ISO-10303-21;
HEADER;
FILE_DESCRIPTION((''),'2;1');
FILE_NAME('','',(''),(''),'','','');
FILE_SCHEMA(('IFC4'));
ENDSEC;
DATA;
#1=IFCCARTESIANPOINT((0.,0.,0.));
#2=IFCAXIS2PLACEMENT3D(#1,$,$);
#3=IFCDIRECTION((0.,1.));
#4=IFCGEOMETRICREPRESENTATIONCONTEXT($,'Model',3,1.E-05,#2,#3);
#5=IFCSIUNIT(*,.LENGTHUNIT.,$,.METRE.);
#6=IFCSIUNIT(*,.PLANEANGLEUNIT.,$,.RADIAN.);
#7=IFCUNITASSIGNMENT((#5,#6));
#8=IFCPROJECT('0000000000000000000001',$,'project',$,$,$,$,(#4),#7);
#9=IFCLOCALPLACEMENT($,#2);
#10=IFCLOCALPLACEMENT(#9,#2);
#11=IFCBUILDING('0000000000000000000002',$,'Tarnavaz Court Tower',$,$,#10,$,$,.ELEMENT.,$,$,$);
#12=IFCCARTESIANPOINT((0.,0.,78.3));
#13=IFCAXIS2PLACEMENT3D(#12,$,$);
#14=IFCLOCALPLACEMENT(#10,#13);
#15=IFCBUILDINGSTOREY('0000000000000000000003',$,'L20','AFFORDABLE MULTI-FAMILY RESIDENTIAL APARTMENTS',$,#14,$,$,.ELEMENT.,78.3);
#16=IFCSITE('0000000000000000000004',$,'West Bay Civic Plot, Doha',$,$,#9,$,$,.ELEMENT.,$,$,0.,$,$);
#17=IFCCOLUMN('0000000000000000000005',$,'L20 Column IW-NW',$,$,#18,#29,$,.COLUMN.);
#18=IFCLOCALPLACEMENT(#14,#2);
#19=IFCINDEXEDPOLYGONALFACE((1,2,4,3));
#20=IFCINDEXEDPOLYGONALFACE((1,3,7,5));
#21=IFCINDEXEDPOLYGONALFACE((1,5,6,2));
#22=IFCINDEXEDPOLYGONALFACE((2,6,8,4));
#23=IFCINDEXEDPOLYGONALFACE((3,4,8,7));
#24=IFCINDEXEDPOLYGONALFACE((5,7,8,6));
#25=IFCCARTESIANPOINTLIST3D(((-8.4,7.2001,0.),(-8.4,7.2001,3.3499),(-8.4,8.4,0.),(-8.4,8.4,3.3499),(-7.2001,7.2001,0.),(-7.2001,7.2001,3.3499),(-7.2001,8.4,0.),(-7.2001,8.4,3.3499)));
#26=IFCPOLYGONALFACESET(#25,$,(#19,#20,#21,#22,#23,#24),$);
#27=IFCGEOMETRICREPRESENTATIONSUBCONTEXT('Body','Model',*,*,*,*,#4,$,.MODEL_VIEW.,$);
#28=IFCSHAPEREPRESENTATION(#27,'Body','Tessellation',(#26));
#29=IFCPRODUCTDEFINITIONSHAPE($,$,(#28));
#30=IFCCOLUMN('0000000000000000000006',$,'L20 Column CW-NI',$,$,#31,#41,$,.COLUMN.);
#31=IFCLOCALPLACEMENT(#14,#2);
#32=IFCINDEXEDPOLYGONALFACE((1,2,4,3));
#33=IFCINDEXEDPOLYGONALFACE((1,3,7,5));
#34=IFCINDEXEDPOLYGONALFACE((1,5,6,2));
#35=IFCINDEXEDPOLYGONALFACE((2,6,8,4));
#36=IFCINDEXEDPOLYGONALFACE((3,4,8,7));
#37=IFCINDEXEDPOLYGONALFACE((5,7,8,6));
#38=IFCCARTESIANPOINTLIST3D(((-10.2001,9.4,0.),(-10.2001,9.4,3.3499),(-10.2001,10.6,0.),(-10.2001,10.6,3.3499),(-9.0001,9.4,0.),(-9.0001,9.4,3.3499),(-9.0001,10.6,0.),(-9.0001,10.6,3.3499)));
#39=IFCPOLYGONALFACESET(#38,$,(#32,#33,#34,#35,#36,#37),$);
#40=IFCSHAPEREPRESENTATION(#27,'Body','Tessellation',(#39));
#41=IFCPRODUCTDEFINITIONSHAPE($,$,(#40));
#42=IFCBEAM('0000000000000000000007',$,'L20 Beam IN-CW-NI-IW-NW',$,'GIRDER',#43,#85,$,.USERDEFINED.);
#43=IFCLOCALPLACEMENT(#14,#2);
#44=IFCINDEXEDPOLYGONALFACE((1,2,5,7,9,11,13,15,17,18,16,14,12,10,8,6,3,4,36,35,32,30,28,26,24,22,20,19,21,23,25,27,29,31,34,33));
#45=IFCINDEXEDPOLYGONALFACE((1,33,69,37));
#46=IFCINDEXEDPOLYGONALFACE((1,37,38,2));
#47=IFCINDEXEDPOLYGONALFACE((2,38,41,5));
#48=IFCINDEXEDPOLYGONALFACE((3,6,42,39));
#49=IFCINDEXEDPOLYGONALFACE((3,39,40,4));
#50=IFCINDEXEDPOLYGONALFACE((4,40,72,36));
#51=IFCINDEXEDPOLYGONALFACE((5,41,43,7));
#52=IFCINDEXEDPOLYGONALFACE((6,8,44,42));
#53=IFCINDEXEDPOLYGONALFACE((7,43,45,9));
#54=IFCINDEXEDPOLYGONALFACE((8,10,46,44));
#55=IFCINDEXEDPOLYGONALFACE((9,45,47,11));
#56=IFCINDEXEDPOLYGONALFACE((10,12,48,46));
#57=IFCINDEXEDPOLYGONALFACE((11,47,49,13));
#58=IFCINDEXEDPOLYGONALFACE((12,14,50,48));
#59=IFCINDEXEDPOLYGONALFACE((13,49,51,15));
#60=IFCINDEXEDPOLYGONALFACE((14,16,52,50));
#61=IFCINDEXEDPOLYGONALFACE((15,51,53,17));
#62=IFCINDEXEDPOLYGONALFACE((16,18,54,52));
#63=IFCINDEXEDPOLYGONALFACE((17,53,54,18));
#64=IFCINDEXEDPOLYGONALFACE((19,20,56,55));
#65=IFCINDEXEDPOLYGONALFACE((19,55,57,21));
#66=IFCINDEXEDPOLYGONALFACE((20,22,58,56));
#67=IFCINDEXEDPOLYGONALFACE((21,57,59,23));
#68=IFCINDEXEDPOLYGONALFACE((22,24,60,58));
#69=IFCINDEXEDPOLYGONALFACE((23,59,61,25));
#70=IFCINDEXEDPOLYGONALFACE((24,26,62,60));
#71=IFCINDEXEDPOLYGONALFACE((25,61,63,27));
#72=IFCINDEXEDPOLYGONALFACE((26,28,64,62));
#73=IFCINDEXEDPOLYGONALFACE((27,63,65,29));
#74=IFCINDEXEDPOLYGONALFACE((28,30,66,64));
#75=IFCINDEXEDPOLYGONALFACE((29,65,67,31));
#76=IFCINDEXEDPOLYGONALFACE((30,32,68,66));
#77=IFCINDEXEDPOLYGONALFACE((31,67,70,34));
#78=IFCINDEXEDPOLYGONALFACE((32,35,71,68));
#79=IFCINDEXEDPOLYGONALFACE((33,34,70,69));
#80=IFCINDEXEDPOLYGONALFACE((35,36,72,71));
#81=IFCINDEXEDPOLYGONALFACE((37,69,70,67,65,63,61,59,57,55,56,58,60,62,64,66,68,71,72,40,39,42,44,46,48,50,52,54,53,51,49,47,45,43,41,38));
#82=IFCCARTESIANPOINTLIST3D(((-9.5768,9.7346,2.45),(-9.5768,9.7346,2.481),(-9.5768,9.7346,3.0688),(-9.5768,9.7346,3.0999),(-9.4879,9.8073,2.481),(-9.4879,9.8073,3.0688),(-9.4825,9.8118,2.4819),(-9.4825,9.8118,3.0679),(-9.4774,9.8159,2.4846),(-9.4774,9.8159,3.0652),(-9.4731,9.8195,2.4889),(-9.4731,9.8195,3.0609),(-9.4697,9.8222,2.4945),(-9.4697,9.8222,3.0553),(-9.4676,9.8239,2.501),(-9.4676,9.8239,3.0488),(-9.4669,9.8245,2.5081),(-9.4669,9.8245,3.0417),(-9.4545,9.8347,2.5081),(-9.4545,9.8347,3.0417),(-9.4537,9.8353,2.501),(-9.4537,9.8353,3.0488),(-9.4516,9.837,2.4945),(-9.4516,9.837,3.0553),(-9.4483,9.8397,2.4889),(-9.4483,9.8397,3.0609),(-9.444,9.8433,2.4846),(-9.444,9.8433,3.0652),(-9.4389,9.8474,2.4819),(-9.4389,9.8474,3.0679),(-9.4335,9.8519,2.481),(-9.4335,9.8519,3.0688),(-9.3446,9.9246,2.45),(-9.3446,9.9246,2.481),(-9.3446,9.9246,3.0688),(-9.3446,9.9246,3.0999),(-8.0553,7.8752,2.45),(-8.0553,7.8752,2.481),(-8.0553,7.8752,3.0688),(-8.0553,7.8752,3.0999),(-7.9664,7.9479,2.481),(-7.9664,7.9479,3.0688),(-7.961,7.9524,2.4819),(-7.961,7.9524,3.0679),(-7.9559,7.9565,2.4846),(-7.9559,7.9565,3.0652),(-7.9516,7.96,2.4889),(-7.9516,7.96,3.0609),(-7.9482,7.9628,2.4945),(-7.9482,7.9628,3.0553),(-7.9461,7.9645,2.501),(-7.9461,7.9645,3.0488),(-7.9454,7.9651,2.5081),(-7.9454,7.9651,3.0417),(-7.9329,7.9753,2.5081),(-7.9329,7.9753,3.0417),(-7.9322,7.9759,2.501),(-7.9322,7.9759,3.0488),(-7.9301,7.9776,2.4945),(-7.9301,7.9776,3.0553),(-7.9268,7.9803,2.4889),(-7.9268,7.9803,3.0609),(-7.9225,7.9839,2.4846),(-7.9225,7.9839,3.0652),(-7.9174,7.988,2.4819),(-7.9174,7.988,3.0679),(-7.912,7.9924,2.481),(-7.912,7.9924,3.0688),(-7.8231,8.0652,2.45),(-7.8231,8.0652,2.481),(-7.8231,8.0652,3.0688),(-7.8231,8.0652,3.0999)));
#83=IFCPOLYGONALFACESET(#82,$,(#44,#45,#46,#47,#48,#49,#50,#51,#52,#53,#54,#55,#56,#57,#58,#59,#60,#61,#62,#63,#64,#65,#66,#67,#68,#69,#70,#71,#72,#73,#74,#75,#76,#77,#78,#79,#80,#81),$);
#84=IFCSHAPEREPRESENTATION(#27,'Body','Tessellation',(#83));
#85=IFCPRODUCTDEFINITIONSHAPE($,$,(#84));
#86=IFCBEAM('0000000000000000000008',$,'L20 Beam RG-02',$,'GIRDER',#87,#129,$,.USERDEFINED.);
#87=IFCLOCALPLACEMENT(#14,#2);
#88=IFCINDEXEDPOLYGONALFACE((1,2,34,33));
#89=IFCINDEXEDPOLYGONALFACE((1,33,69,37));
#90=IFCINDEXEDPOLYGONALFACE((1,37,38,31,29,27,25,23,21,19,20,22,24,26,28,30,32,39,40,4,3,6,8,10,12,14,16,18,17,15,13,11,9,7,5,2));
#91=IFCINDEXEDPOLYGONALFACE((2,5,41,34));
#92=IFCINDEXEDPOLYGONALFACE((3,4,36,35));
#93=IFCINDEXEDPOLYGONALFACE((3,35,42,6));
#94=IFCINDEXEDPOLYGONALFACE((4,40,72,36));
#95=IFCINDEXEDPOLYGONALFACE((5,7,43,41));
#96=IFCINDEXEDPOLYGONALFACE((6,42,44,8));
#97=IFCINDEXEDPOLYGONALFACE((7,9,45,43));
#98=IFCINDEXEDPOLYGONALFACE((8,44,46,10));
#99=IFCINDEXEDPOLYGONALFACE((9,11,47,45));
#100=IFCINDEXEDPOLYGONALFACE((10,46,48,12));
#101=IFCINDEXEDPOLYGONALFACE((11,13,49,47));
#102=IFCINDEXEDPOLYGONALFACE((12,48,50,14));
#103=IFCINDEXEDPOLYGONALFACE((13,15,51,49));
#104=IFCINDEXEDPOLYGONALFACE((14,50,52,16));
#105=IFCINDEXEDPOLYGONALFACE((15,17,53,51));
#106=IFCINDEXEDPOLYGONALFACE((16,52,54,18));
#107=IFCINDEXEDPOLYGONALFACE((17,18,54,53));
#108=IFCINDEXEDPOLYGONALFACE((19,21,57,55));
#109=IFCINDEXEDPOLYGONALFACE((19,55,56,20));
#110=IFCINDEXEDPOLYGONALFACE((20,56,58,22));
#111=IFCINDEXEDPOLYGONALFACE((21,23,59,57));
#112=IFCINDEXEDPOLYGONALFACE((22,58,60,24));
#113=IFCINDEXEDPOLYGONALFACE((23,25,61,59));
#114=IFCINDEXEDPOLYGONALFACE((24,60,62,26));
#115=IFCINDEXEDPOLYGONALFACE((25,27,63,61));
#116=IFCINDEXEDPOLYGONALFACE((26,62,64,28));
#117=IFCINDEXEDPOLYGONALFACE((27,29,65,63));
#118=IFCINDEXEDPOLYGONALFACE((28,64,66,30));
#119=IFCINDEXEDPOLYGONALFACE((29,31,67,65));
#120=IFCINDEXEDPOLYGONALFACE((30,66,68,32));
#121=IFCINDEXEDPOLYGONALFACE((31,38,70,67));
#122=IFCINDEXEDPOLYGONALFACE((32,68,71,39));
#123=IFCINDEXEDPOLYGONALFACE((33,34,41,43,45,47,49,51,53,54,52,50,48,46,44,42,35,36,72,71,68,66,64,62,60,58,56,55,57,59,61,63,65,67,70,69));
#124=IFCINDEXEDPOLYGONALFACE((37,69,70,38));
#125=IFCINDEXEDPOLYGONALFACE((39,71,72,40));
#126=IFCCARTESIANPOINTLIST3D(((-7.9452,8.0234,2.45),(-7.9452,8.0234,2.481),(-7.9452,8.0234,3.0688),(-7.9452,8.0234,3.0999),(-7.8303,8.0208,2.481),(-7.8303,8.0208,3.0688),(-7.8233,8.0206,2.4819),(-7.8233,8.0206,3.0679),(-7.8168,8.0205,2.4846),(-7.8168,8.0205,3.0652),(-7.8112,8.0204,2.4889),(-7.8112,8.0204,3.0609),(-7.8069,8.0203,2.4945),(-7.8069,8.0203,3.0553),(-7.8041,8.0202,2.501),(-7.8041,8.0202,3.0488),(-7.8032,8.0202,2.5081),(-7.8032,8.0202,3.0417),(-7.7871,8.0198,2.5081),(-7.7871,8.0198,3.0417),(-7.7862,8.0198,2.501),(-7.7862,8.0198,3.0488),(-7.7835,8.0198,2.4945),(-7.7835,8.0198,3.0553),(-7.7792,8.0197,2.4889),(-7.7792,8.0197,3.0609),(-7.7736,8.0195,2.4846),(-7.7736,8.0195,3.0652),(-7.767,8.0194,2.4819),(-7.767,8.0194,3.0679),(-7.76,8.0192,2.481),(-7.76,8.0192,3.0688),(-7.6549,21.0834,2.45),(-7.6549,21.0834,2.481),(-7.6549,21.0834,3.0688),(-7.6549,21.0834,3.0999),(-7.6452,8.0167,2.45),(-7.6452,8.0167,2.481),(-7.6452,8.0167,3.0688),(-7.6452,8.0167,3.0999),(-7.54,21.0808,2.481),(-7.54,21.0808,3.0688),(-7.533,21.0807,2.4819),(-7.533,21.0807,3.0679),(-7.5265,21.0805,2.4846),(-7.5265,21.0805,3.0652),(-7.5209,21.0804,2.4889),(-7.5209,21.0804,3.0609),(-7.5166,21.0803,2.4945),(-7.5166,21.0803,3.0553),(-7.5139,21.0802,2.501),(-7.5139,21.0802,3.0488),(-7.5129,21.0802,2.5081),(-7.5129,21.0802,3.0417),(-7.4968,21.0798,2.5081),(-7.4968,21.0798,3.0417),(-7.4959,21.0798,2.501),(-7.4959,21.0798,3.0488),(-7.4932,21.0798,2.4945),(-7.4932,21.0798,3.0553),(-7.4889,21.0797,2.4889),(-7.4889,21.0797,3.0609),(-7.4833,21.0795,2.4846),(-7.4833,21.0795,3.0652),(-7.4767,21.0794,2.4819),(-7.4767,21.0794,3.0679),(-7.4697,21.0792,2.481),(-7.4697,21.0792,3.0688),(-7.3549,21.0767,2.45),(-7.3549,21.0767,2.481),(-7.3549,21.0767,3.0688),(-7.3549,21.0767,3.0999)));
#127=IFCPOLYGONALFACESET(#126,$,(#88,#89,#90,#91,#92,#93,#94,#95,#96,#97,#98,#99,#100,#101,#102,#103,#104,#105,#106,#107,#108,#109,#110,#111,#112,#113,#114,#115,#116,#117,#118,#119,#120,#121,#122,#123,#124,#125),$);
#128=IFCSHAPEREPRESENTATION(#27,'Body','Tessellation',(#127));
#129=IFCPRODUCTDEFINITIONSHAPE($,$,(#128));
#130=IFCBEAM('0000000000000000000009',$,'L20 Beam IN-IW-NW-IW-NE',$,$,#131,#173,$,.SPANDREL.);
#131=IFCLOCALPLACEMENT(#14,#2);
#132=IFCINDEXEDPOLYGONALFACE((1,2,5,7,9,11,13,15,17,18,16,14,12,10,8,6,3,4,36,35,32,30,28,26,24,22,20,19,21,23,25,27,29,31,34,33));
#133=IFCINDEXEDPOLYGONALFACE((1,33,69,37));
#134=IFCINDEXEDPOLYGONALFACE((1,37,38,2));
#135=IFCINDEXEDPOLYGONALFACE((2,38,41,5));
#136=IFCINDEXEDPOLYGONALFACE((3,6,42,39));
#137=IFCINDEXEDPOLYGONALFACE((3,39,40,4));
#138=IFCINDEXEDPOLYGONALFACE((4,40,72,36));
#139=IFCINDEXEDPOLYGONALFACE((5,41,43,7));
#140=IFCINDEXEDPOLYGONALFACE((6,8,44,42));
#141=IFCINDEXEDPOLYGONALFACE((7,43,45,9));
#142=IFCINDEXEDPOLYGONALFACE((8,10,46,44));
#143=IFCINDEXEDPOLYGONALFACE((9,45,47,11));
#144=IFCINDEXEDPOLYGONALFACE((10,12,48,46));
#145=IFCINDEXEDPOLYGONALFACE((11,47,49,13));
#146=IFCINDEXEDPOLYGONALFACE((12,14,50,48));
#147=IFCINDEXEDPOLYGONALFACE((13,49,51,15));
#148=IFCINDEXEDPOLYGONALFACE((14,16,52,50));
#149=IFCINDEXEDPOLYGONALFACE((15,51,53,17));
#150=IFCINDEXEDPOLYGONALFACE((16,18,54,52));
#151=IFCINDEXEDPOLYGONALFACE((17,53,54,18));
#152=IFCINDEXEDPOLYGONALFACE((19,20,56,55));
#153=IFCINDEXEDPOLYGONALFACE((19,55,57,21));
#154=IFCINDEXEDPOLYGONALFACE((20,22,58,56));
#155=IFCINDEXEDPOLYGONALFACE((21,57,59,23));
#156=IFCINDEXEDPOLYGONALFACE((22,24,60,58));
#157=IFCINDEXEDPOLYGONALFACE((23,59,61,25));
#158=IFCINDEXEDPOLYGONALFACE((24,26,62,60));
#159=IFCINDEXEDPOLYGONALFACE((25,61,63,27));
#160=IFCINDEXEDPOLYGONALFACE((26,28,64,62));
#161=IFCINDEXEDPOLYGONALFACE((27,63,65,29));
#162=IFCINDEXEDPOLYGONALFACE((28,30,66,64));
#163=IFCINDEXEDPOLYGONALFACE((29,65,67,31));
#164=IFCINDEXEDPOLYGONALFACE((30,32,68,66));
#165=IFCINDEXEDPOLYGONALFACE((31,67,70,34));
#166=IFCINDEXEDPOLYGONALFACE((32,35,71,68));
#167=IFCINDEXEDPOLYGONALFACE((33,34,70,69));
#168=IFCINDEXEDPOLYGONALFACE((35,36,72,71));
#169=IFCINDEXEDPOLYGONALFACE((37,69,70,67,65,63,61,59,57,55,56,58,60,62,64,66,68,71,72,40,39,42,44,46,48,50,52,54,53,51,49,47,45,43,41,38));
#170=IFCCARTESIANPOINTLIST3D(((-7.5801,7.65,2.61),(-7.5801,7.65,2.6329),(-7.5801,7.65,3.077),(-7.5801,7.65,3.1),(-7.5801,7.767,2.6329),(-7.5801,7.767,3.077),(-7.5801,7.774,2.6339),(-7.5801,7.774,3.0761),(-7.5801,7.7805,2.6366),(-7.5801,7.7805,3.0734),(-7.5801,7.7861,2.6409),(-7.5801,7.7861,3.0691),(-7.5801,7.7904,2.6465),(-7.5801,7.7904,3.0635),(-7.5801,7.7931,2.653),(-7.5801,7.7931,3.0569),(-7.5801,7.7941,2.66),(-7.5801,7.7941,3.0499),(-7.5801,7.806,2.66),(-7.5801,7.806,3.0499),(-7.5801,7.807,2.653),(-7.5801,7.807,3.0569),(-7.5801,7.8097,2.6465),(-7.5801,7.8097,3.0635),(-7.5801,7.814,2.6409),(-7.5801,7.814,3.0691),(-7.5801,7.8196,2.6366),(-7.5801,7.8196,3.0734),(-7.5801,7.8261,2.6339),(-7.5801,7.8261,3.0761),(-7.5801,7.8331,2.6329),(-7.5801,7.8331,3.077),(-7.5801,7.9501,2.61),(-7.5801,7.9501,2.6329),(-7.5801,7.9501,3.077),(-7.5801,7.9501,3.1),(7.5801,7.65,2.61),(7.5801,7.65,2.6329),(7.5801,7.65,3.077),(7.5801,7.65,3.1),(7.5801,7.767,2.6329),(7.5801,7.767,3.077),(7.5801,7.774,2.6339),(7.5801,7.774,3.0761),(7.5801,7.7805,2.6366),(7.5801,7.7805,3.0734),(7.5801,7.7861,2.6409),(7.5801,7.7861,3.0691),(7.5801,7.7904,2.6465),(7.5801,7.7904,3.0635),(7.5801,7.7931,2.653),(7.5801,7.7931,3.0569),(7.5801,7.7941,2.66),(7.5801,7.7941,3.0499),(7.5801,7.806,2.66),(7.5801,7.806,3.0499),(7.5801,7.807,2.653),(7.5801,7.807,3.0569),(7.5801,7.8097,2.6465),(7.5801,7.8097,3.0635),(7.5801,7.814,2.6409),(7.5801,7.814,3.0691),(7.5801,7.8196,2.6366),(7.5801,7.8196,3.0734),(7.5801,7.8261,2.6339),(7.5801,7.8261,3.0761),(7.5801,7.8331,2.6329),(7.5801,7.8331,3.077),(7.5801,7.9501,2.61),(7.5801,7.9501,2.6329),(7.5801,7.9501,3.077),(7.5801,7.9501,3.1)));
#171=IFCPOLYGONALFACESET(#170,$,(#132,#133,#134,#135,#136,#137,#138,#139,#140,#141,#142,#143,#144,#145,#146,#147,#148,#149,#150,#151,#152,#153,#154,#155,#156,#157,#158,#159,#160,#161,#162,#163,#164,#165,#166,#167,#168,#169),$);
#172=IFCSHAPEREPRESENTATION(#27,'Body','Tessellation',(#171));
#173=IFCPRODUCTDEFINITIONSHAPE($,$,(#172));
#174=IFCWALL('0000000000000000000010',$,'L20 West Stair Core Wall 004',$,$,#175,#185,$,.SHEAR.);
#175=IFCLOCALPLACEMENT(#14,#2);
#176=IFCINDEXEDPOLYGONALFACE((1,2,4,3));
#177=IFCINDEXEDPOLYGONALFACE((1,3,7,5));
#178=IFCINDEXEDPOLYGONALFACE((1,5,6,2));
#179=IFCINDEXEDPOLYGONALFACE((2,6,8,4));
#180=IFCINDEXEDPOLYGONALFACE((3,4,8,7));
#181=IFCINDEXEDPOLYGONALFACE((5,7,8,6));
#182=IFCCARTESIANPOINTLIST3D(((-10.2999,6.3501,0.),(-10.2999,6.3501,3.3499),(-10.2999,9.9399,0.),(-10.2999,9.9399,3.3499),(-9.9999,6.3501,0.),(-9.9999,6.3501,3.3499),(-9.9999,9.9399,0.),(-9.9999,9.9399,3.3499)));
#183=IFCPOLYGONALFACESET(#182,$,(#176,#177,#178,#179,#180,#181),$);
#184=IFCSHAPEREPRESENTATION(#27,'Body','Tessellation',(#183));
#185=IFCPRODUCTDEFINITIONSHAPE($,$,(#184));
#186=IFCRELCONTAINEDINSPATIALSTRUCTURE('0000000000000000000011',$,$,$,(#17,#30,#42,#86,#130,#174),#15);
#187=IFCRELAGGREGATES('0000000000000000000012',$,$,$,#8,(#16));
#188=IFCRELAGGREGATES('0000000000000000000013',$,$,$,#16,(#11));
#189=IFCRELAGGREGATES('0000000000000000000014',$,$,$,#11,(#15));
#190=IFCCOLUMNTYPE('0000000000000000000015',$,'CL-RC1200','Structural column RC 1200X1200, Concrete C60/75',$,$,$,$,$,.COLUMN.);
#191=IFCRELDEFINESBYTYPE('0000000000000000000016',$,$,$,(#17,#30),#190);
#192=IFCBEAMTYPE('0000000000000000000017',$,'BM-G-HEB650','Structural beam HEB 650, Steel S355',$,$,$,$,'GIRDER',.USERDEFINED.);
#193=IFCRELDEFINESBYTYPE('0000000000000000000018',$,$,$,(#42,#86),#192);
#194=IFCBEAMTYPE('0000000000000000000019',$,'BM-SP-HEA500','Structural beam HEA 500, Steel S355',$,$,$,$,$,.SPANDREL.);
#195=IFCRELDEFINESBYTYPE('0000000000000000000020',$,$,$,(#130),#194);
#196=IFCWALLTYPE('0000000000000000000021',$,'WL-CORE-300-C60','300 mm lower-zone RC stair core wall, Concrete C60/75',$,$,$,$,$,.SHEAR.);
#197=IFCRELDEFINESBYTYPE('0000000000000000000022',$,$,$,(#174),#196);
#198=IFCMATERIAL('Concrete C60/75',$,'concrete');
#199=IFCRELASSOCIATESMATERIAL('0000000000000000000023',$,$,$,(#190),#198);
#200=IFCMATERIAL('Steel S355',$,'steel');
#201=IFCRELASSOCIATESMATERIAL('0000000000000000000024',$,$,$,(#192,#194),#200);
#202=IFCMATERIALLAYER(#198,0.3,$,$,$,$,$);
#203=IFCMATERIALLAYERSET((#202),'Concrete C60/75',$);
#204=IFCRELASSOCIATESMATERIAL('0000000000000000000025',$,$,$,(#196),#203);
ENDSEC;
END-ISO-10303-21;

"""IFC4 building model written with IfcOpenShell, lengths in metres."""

from ifc_helpers import new_model, si_unit, direction, frame, frame_2d, origin, origin_2d, place, context, subcontext, project, spatial, rectangle, i_section, extrude, material, layer, layer_set, material_profile, profile_set, type_object, element, save


model = new_model("IFC4")

# Units and contexts
model_context = context("Model", 3, precision=1e-05, world=origin(), true_north=direction((0.0, 1.0)))
body_context = subcontext(model_context, "Body", "Model", "MODEL_VIEW")
ifc_project = project(units=[si_unit("LENGTHUNIT", "METRE"), si_unit("PLANEANGLEUNIT", "RADIAN")], contexts=[model_context])

# Site, building, storey
site_placement = place(None, origin())
site = spatial("IfcSite", under=ifc_project, at=site_placement, Name="West Bay Civic Plot, Doha", CompositionType="ELEMENT", RefElevation=0.0)
building_placement = place(site_placement, origin())
building = spatial("IfcBuilding", under=site, at=building_placement, Name="Tarnavaz Court Tower", CompositionType="ELEMENT")
storey_placement = place(building_placement, frame((0.0, 0.0, 78.3)))
storey = spatial("IfcBuildingStorey", under=building, at=storey_placement, Name="L20", Description="AFFORDABLE MULTI-FAMILY RESIDENTIAL APARTMENTS", CompositionType="ELEMENT", Elevation=78.3)

# Columns
ifc_material_1 = material(Name="Concrete C60/75", Category="concrete")
ifc_material_profile_1 = material_profile(ifc_material_1, rectangle(XDim=1.2, YDim=1.2, at=origin_2d()), Name="RC 1200X1200")
ifc_profile_set_1 = profile_set([ifc_material_profile_1], Name="Concrete C60/75")
column_type = type_object("IfcColumnType", Name="CL-RC1200", Description="Structural column RC 1200X1200, Concrete C60/75", PredefinedType="COLUMN", material=ifc_profile_set_1)
for number, where, z_axis, x_axis, name in (
    (1, (-7.8, 7.8, 0.0), (0.0, 0.0, 1.0), (1.0, 0.0, 0.0), "L20 Column IW-NW"),
    (2, (-9.6001, 10.0, 0.0), (0.0, 0.0, 1.0), (1.0, 0.0, 0.0), "L20 Column CW-NI"),
):
    element("IfcColumn", number, at=place(storey_placement, frame(where, z_axis=z_axis, x_axis=x_axis)), inside=storey, type_object=column_type, Name=name, PredefinedType="COLUMN", context=body_context, shape_type="SweptSolid", body=[
        extrude(rectangle(XDim=1.2, YDim=1.2, at=origin_2d()), origin(), (0.0, 0.0, 1.0), 3.3499),
    ])

# Beams
ifc_material_2 = material(Name="Steel S355", Category="steel")
ifc_material_profile_2 = material_profile(ifc_material_2, i_section(OverallWidth=0.3, OverallDepth=0.6499, WebThickness=0.0161, FlangeThickness=0.031, FilletRadius=0.0271, at=origin_2d()), Name="HEB 650")
ifc_profile_set_2 = profile_set([ifc_material_profile_2], Name="Steel S355")
beam_type_1 = type_object("IfcBeamType", Name="BM-G-HEB650", Description="Structural beam HEB 650, Steel S355", ElementType="GIRDER", PredefinedType="USERDEFINED", material=ifc_profile_set_2)
beam_1_placement = place(storey_placement, frame((-9.4607, 9.8296, 2.7749), z_axis=(0.633282, -0.773921, 0.0), x_axis=(0.773921, 0.633282, 0.0)))
element("IfcBeam", 3, at=beam_1_placement, inside=storey, type_object=beam_type_1, Name="L20 Beam IN-CW-NI-IW-NW", ObjectType="GIRDER", PredefinedType="USERDEFINED", context=body_context, shape_type="SweptSolid", body=[
    extrude(i_section(OverallWidth=0.3, OverallDepth=0.6499, WebThickness=0.0161, FlangeThickness=0.031, FilletRadius=0.0271, at=origin_2d()), origin(), (0.0, 0.0, 1.0), 2.4026),
])
beam_2_placement = place(storey_placement, frame((-7.7952, 8.02, 2.7749), z_axis=(0.022221, 0.999753, 0.0), x_axis=(-0.999753, 0.022221, 0.0)))
element("IfcBeam", 4, at=beam_2_placement, inside=storey, type_object=beam_type_1, Name="L20 Beam RG-02", ObjectType="GIRDER", PredefinedType="USERDEFINED", context=body_context, shape_type="SweptSolid", body=[
    extrude(i_section(OverallWidth=0.3, OverallDepth=0.6499, WebThickness=0.0161, FlangeThickness=0.031, FilletRadius=0.0271, at=origin_2d()), origin(), (0.0, 0.0, 1.0), 13.0632),
])
ifc_material_profile_3 = material_profile(ifc_material_2, i_section(OverallWidth=0.3, OverallDepth=0.49, WebThickness=0.012, FlangeThickness=0.0229, FilletRadius=0.0271, at=origin_2d()), Name="HEA 500")
ifc_profile_set_3 = profile_set([ifc_material_profile_3], Name="Steel S355")
beam_type_2 = type_object("IfcBeamType", Name="BM-SP-HEA500", Description="Structural beam HEA 500, Steel S355", PredefinedType="SPANDREL", material=ifc_profile_set_3)
beam_3_placement = place(storey_placement, frame((-7.5801, 7.8, 2.855), z_axis=(1.0, 0.0, 0.0), x_axis=(0.0, 1.0, 0.0)))
element("IfcBeam", 5, at=beam_3_placement, inside=storey, type_object=beam_type_2, Name="L20 Beam IN-IW-NW-IW-NE", PredefinedType="SPANDREL", context=body_context, shape_type="SweptSolid", body=[
    extrude(i_section(OverallWidth=0.3, OverallDepth=0.49, WebThickness=0.012, FlangeThickness=0.0229, FilletRadius=0.0271, at=origin_2d()), origin(), (0.0, 0.0, 1.0), 15.1602),
])

# Wall
ifc_layer_1 = layer(ifc_material_1, 0.3)
ifc_layer_set_1 = layer_set([ifc_layer_1], Name="Concrete C60/75")
wall_type_1 = type_object("IfcWallType", Name="WL-CORE-300-C60", Description="300 mm lower-zone RC stair core wall, Concrete C60/75", PredefinedType="SHEAR", material=ifc_layer_set_1)
wall_1_placement = place(storey_placement, frame((-10.1499, 6.3501, 0.0), z_axis=(0.0, 0.0, 1.0), x_axis=(0.0, 1.0, 0.0)))
element("IfcWall", 6, at=wall_1_placement, inside=storey, type_object=wall_type_1, Name="L20 West Stair Core Wall 004", PredefinedType="SHEAR", context=body_context, shape_type="SweptSolid", body=[
    extrude(rectangle(XDim=3.5898, YDim=0.3, at=frame_2d((1.7949, 0.0))), origin(), (0.0, 0.0, 1.0), 3.3499),
])

save(model, "model.ifc")
